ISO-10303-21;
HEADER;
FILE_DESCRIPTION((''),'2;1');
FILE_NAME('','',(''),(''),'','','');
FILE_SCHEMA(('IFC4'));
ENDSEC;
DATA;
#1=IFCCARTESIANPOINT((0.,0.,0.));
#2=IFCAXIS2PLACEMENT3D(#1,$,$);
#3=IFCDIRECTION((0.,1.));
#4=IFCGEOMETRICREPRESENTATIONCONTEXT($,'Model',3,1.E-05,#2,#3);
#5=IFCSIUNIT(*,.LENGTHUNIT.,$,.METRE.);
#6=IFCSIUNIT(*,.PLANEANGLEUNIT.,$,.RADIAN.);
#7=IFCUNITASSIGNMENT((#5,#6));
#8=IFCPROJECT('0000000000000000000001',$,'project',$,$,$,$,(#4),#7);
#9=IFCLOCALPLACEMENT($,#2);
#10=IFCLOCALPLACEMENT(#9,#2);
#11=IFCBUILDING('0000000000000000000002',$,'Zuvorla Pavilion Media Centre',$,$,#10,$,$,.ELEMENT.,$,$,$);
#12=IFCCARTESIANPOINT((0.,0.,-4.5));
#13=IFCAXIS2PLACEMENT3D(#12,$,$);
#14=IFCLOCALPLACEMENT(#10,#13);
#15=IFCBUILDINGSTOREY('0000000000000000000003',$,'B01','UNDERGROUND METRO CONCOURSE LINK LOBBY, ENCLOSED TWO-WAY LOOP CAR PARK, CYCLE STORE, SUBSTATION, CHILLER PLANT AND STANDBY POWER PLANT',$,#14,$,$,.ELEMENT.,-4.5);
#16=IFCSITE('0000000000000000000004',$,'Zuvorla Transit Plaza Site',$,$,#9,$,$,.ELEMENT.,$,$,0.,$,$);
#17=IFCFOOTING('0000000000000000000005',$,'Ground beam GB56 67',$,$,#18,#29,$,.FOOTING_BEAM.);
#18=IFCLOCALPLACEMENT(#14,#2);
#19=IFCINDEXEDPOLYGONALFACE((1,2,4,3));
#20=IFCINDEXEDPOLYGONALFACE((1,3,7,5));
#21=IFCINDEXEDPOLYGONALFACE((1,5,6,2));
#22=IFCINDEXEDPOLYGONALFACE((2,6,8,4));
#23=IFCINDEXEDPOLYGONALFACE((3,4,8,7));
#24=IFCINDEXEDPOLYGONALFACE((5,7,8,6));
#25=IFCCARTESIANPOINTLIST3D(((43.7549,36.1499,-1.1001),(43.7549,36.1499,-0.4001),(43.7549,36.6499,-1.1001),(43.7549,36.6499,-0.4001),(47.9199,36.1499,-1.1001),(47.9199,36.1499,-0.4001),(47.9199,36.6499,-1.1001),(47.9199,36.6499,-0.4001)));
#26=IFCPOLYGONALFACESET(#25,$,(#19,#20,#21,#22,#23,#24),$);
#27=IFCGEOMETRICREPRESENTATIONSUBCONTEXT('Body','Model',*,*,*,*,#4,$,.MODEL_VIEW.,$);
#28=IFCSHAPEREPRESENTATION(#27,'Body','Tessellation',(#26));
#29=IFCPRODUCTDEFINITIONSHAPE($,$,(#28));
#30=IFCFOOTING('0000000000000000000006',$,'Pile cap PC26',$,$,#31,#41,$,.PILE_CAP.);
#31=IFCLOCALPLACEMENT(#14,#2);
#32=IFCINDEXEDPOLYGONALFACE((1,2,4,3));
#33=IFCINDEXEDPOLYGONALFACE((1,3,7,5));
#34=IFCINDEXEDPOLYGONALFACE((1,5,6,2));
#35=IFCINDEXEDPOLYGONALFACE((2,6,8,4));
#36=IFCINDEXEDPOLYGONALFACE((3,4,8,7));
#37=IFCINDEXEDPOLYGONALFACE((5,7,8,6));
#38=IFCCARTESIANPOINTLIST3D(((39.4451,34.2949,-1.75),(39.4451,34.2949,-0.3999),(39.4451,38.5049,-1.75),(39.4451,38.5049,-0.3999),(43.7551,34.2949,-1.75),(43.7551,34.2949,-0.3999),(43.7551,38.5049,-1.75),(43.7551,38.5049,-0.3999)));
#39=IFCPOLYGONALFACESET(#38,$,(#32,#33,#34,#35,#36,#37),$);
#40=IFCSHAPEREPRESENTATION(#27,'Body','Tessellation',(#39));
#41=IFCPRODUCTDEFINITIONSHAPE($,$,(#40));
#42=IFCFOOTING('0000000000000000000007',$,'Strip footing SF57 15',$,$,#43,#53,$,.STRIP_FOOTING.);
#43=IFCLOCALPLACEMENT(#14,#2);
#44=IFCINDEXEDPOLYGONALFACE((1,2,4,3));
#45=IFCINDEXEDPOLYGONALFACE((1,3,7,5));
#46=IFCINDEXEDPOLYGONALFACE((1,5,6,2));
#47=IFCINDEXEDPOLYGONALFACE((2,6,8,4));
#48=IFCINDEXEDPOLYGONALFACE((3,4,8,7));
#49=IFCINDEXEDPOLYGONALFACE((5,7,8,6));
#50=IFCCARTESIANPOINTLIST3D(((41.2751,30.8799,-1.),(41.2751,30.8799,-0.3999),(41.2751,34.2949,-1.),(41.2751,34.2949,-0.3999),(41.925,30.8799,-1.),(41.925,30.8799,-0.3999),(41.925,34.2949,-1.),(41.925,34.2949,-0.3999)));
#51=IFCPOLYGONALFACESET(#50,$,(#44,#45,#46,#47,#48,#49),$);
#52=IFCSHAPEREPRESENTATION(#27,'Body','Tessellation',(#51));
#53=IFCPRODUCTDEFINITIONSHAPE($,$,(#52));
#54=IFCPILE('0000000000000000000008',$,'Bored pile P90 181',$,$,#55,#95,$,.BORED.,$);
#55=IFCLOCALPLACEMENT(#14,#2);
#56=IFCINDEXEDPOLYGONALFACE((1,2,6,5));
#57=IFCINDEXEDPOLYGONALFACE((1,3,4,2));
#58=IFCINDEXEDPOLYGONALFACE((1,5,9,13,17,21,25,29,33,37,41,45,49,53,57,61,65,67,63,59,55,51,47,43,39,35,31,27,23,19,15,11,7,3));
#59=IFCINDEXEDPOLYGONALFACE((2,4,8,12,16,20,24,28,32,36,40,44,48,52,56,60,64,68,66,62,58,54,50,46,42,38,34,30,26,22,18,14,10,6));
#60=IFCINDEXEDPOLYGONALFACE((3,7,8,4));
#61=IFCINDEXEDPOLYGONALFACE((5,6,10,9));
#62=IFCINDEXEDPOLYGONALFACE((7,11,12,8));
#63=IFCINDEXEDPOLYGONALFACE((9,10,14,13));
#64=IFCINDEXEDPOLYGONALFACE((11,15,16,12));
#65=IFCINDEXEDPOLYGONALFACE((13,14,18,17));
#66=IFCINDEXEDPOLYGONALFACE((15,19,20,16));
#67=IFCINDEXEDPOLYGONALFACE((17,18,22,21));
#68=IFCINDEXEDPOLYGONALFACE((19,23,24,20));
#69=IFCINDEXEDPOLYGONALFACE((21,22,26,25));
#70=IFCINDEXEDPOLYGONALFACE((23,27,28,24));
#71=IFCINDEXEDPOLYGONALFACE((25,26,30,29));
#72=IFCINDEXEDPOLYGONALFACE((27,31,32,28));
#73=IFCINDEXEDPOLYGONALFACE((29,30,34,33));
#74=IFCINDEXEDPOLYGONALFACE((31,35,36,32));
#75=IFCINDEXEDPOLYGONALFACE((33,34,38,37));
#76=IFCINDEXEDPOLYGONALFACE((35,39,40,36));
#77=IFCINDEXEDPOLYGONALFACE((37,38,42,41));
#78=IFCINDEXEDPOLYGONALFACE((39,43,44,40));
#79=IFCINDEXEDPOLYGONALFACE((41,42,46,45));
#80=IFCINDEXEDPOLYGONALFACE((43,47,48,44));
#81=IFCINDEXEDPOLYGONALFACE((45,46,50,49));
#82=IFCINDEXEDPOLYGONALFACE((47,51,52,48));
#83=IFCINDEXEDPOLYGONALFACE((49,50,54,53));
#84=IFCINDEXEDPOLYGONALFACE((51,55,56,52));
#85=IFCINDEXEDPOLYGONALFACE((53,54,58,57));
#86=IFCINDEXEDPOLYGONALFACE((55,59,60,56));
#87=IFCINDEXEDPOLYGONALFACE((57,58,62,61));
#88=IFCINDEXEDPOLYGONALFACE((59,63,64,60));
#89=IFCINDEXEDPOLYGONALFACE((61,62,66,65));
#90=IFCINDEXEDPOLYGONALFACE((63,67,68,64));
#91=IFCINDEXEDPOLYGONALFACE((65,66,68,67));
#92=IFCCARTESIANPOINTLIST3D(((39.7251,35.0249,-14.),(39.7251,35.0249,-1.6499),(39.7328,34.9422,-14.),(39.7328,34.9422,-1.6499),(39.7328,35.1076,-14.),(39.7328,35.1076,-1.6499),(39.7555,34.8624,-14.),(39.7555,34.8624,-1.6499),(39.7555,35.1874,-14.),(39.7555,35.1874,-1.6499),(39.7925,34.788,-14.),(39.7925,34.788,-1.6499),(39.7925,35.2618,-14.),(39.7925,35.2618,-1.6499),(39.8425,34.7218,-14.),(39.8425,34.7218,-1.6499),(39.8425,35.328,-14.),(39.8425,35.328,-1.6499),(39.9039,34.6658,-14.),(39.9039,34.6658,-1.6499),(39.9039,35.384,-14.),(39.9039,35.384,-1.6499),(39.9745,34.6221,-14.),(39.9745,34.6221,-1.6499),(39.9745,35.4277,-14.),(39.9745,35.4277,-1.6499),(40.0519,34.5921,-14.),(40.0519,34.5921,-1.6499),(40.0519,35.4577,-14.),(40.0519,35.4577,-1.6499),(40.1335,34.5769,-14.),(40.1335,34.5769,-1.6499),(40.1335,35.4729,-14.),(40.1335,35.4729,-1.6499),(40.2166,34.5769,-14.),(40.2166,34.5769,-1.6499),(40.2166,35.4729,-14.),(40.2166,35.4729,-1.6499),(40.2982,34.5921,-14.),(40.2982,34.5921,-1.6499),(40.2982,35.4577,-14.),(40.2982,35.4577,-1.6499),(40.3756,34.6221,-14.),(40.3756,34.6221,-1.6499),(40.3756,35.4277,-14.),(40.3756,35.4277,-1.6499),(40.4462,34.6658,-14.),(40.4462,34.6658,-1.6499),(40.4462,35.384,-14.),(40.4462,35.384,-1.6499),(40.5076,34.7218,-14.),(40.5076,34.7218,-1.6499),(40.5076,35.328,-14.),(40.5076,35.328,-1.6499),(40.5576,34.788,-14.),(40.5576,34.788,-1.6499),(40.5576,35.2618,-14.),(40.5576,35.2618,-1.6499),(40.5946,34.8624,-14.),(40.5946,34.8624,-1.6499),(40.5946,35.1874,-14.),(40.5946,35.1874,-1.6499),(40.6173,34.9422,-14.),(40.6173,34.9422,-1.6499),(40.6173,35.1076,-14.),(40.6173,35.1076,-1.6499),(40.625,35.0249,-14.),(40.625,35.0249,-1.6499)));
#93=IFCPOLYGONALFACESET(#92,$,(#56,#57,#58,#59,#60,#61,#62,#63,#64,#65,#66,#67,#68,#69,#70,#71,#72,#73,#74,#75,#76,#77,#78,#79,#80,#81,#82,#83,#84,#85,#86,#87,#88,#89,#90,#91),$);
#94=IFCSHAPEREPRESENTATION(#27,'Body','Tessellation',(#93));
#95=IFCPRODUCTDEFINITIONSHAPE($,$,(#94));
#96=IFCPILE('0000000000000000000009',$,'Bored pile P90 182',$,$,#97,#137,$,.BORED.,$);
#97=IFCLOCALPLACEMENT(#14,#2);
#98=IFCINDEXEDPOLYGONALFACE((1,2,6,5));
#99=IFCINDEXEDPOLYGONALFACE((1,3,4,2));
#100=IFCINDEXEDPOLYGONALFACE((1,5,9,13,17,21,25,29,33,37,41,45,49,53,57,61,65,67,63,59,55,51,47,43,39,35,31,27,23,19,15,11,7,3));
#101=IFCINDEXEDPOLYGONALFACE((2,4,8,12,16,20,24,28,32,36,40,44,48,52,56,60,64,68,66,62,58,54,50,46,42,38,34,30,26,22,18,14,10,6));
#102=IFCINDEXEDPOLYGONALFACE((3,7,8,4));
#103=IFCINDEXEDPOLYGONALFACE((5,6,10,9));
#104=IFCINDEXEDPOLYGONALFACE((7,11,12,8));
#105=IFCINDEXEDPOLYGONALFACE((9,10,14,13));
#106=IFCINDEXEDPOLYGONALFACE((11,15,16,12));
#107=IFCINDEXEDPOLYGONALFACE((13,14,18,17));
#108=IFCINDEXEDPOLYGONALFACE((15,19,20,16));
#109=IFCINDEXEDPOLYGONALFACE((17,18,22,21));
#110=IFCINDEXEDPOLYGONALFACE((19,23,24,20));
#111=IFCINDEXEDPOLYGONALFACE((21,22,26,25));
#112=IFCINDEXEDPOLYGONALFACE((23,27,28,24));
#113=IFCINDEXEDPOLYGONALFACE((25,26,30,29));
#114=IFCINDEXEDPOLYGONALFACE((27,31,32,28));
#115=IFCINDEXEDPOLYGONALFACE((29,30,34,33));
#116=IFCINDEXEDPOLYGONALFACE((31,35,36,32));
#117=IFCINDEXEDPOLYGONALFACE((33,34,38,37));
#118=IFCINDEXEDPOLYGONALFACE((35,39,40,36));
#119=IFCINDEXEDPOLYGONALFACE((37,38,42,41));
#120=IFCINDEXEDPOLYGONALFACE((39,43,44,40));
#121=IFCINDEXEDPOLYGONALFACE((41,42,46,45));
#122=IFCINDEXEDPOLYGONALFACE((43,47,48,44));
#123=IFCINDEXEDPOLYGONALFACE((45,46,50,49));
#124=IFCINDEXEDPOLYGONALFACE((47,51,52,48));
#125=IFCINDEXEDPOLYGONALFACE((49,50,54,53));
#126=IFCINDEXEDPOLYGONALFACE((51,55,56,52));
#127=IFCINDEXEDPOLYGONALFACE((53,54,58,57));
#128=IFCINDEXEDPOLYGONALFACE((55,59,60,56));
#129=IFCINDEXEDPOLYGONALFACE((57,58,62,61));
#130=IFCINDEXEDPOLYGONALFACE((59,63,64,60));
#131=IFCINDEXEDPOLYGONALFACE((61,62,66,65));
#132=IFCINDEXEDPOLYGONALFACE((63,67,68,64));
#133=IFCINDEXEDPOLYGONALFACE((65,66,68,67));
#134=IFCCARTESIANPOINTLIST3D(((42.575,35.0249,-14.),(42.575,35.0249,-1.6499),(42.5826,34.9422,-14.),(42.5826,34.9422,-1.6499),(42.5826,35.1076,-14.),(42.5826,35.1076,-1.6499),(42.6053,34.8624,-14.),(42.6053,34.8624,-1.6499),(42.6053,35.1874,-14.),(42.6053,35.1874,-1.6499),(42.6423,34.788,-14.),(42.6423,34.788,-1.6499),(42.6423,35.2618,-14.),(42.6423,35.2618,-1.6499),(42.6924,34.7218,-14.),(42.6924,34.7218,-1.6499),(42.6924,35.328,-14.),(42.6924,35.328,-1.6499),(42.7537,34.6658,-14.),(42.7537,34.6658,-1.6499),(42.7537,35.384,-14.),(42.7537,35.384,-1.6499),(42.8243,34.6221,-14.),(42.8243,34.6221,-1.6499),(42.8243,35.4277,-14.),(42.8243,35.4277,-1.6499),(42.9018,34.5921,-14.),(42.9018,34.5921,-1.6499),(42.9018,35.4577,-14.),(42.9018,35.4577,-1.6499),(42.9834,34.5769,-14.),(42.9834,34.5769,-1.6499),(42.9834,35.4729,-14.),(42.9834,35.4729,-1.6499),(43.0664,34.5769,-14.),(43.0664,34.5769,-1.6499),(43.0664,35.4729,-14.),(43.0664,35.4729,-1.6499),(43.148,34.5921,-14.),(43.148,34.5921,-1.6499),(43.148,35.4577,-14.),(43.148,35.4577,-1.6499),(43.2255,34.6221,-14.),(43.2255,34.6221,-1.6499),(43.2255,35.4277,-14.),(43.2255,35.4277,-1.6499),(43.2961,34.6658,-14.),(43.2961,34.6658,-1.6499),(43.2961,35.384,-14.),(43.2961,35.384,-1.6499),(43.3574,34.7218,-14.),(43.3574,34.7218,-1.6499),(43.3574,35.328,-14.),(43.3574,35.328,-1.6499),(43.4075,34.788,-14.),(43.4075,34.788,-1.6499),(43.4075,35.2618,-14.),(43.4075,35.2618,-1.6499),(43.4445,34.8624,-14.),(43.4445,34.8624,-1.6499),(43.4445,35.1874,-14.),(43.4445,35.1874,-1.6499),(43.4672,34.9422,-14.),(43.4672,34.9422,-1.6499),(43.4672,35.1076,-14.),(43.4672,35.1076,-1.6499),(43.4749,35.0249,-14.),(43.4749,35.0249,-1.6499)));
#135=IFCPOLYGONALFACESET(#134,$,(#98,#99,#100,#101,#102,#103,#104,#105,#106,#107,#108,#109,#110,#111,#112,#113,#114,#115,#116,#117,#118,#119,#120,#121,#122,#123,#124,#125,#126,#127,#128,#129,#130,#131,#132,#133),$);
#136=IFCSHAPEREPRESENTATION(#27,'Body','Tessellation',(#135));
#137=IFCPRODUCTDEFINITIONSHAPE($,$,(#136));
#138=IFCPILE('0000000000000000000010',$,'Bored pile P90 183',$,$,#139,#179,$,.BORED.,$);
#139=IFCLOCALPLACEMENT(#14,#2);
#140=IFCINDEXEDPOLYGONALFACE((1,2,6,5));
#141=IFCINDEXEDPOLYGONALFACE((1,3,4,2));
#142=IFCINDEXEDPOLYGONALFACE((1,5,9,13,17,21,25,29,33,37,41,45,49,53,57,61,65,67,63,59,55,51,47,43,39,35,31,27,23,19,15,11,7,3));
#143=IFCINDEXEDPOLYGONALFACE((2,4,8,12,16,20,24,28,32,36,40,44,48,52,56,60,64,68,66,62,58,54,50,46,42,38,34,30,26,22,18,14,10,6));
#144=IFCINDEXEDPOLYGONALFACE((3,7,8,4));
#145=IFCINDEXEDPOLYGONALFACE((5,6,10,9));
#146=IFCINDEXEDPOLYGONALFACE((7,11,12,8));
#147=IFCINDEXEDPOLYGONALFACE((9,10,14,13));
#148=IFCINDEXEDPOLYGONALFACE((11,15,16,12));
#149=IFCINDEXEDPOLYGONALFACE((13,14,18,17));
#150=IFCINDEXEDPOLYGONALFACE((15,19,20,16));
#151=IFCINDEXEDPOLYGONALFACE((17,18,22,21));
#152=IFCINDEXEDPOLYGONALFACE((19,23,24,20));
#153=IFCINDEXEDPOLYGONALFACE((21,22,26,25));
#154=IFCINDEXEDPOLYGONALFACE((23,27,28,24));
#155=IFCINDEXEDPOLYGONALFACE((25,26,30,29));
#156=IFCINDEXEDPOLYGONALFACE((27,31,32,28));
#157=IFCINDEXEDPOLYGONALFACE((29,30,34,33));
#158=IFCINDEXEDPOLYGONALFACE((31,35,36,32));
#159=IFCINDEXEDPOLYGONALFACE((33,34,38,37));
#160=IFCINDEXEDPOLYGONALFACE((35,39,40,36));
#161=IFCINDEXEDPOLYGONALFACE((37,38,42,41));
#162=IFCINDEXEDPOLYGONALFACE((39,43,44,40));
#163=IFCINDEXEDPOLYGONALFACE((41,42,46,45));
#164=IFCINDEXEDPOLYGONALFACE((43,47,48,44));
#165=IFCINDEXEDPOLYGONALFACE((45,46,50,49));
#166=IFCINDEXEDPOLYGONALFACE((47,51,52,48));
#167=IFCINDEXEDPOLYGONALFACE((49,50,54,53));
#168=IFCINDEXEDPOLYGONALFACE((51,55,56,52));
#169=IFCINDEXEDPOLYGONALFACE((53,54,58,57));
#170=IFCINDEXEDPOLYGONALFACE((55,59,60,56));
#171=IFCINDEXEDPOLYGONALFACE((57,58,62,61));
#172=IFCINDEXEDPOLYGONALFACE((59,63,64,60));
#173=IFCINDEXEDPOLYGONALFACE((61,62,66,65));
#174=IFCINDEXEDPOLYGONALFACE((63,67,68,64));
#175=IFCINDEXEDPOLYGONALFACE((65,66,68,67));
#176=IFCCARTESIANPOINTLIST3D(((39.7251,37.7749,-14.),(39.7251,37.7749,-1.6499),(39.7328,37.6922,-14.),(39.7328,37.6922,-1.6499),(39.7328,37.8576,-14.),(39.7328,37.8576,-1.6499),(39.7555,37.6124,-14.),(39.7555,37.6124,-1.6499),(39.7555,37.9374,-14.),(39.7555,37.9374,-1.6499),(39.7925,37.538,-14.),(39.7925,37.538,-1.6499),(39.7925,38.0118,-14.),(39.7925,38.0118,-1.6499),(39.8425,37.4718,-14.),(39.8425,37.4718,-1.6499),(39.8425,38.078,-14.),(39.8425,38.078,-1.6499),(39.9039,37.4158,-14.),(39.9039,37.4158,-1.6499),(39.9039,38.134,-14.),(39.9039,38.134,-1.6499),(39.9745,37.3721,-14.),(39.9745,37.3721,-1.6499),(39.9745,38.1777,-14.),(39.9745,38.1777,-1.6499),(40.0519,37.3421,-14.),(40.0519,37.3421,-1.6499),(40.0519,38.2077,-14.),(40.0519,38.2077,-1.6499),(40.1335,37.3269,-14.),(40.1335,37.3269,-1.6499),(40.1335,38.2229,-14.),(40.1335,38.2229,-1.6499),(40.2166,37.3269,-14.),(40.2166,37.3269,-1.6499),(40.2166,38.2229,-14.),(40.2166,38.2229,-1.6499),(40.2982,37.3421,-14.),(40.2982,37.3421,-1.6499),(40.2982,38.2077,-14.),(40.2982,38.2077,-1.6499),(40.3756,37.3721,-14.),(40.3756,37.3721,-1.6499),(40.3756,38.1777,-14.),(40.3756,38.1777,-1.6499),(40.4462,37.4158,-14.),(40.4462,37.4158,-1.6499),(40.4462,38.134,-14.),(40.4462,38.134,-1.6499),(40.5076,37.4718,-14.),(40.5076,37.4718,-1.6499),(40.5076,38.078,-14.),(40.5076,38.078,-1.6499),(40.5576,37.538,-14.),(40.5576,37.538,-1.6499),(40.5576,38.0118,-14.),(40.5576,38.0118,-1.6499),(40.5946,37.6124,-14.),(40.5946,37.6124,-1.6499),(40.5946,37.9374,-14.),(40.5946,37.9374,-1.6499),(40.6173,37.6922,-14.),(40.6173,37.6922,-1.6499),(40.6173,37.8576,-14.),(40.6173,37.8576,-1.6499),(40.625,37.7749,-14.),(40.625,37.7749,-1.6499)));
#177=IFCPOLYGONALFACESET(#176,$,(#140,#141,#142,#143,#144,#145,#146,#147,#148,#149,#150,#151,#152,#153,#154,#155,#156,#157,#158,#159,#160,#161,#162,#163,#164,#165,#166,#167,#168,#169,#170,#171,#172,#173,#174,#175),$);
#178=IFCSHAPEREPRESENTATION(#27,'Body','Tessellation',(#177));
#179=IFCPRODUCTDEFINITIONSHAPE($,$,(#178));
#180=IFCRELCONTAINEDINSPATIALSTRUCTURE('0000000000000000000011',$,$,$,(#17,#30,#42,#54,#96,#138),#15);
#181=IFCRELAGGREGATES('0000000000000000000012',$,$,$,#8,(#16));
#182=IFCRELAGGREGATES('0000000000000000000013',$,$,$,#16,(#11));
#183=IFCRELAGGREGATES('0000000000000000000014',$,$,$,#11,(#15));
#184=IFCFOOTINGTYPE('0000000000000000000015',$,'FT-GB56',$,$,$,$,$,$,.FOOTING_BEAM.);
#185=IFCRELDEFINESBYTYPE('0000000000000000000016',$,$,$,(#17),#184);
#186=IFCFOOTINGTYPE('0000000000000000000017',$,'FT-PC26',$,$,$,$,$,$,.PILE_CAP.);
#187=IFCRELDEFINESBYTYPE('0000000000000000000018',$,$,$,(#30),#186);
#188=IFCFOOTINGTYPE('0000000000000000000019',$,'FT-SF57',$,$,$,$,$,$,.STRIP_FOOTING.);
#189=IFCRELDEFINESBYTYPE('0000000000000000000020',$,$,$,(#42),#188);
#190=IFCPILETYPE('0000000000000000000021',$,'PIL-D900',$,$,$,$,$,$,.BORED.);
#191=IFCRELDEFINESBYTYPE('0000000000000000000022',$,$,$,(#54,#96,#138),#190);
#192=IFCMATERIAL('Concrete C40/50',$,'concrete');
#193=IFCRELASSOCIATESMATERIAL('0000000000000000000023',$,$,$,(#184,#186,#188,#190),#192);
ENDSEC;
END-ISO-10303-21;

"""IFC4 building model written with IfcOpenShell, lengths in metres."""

from ifc_helpers import new_model, si_unit, direction, frame, origin, origin_2d, place, context, subcontext, project, spatial, rectangle, circle, extrude, material, material_profile, profile_set, type_object, element, save


model = new_model("IFC4")

# Units and contexts
model_context = context("Model", 3, precision=1e-05, world=origin(), true_north=direction((0.0, 1.0)))
body_context = subcontext(model_context, "Body", "Model", "MODEL_VIEW")
ifc_project = project(units=[si_unit("LENGTHUNIT", "METRE"), si_unit("PLANEANGLEUNIT", "RADIAN")], contexts=[model_context])

# Site, building, storey
site_placement = place(None, origin())
site = spatial("IfcSite", under=ifc_project, at=site_placement, Name="Zuvorla Transit Plaza Site", CompositionType="ELEMENT", RefElevation=0.0)
building_placement = place(site_placement, origin())
building = spatial("IfcBuilding", under=site, at=building_placement, Name="Zuvorla Pavilion Media Centre", CompositionType="ELEMENT")
storey_placement = place(building_placement, frame((0.0, 0.0, -4.5)))
storey = spatial("IfcBuildingStorey", under=building, at=storey_placement, Name="B01", Description="UNDERGROUND METRO CONCOURSE LINK LOBBY, ENCLOSED TWO-WAY LOOP CAR PARK, CYCLE STORE, SUBSTATION, CHILLER PLANT AND STANDBY POWER PLANT", CompositionType="ELEMENT", Elevation=-4.5)

# Footings
ifc_material_1 = material(Name="Concrete C40/50", Category="concrete")
footing_type_1 = type_object("IfcFootingType", Name="FT-GB56", PredefinedType="FOOTING_BEAM", material=ifc_material_1)
footing_1_placement = place(storey_placement, frame((45.8374, 36.3999, -1.1001), z_axis=(0.0, 0.0, 1.0), x_axis=(1.0, 0.0, 0.0)))
element("IfcFooting", 1, at=footing_1_placement, inside=storey, type_object=footing_type_1, Name="Ground beam GB56 67", PredefinedType="FOOTING_BEAM", context=body_context, shape_type="SweptSolid", body=[
    extrude(rectangle(XDim=4.165, YDim=0.5, at=origin_2d()), origin(), (0.0, 0.0, 1.0), 0.7),
])
footing_type_2 = type_object("IfcFootingType", Name="FT-PC26", PredefinedType="PILE_CAP", material=ifc_material_1)
footing_2_placement = place(storey_placement, frame((41.6001, 36.3999, -1.75), z_axis=(0.0, 0.0, 1.0), x_axis=(1.0, 0.0, 0.0)))
element("IfcFooting", 2, at=footing_2_placement, inside=storey, type_object=footing_type_2, Name="Pile cap PC26", PredefinedType="PILE_CAP", context=body_context, shape_type="SweptSolid", body=[
    extrude(rectangle(XDim=4.3101, YDim=4.21, at=origin_2d()), origin(), (0.0, 0.0, 1.0), 1.3501),
])
footing_type_3 = type_object("IfcFootingType", Name="FT-SF57", PredefinedType="STRIP_FOOTING", material=ifc_material_1)
footing_3_placement = place(storey_placement, frame((41.6001, 32.5874, -1.0), z_axis=(0.0, 0.0, 1.0), x_axis=(0.0, 1.0, 0.0)))
element("IfcFooting", 3, at=footing_3_placement, inside=storey, type_object=footing_type_3, Name="Strip footing SF57 15", PredefinedType="STRIP_FOOTING", context=body_context, shape_type="SweptSolid", body=[
    extrude(rectangle(XDim=3.415, YDim=0.6499, at=origin_2d()), origin(), (0.0, 0.0, 1.0), 0.6001),
])

# Piles
ifc_material_profile_1 = material_profile(ifc_material_1, circle(Radius=0.45, at=origin_2d()), Name="BORED PILE 900")
ifc_profile_set_1 = profile_set([ifc_material_profile_1], Name="Concrete C40/50")
pile_type = type_object("IfcPileType", Name="PIL-D900", PredefinedType="BORED", material=ifc_profile_set_1)
for number, where, z_axis, x_axis, name in (
    (4, (40.175, 35.0249, -1.6499), (0.0, 0.0, -1.0), (1.0, 0.0, 0.0), "Bored pile P90 181"),
    (5, (43.0249, 35.0249, -1.6499), (0.0, 0.0, -1.0), (1.0, 0.0, 0.0), "Bored pile P90 182"),
    (6, (40.175, 37.7749, -1.6499), (0.0, 0.0, -1.0), (1.0, 0.0, 0.0), "Bored pile P90 183"),
):
    element("IfcPile", number, at=place(storey_placement, frame(where, z_axis=z_axis, x_axis=x_axis)), inside=storey, type_object=pile_type, Name=name, PredefinedType="BORED", context=body_context, shape_type="SweptSolid", body=[
        extrude(circle(Radius=0.45, at=origin_2d()), origin(), (0.0, 0.0, 1.0), 12.3501),
    ])

save(model, "model.ifc")
